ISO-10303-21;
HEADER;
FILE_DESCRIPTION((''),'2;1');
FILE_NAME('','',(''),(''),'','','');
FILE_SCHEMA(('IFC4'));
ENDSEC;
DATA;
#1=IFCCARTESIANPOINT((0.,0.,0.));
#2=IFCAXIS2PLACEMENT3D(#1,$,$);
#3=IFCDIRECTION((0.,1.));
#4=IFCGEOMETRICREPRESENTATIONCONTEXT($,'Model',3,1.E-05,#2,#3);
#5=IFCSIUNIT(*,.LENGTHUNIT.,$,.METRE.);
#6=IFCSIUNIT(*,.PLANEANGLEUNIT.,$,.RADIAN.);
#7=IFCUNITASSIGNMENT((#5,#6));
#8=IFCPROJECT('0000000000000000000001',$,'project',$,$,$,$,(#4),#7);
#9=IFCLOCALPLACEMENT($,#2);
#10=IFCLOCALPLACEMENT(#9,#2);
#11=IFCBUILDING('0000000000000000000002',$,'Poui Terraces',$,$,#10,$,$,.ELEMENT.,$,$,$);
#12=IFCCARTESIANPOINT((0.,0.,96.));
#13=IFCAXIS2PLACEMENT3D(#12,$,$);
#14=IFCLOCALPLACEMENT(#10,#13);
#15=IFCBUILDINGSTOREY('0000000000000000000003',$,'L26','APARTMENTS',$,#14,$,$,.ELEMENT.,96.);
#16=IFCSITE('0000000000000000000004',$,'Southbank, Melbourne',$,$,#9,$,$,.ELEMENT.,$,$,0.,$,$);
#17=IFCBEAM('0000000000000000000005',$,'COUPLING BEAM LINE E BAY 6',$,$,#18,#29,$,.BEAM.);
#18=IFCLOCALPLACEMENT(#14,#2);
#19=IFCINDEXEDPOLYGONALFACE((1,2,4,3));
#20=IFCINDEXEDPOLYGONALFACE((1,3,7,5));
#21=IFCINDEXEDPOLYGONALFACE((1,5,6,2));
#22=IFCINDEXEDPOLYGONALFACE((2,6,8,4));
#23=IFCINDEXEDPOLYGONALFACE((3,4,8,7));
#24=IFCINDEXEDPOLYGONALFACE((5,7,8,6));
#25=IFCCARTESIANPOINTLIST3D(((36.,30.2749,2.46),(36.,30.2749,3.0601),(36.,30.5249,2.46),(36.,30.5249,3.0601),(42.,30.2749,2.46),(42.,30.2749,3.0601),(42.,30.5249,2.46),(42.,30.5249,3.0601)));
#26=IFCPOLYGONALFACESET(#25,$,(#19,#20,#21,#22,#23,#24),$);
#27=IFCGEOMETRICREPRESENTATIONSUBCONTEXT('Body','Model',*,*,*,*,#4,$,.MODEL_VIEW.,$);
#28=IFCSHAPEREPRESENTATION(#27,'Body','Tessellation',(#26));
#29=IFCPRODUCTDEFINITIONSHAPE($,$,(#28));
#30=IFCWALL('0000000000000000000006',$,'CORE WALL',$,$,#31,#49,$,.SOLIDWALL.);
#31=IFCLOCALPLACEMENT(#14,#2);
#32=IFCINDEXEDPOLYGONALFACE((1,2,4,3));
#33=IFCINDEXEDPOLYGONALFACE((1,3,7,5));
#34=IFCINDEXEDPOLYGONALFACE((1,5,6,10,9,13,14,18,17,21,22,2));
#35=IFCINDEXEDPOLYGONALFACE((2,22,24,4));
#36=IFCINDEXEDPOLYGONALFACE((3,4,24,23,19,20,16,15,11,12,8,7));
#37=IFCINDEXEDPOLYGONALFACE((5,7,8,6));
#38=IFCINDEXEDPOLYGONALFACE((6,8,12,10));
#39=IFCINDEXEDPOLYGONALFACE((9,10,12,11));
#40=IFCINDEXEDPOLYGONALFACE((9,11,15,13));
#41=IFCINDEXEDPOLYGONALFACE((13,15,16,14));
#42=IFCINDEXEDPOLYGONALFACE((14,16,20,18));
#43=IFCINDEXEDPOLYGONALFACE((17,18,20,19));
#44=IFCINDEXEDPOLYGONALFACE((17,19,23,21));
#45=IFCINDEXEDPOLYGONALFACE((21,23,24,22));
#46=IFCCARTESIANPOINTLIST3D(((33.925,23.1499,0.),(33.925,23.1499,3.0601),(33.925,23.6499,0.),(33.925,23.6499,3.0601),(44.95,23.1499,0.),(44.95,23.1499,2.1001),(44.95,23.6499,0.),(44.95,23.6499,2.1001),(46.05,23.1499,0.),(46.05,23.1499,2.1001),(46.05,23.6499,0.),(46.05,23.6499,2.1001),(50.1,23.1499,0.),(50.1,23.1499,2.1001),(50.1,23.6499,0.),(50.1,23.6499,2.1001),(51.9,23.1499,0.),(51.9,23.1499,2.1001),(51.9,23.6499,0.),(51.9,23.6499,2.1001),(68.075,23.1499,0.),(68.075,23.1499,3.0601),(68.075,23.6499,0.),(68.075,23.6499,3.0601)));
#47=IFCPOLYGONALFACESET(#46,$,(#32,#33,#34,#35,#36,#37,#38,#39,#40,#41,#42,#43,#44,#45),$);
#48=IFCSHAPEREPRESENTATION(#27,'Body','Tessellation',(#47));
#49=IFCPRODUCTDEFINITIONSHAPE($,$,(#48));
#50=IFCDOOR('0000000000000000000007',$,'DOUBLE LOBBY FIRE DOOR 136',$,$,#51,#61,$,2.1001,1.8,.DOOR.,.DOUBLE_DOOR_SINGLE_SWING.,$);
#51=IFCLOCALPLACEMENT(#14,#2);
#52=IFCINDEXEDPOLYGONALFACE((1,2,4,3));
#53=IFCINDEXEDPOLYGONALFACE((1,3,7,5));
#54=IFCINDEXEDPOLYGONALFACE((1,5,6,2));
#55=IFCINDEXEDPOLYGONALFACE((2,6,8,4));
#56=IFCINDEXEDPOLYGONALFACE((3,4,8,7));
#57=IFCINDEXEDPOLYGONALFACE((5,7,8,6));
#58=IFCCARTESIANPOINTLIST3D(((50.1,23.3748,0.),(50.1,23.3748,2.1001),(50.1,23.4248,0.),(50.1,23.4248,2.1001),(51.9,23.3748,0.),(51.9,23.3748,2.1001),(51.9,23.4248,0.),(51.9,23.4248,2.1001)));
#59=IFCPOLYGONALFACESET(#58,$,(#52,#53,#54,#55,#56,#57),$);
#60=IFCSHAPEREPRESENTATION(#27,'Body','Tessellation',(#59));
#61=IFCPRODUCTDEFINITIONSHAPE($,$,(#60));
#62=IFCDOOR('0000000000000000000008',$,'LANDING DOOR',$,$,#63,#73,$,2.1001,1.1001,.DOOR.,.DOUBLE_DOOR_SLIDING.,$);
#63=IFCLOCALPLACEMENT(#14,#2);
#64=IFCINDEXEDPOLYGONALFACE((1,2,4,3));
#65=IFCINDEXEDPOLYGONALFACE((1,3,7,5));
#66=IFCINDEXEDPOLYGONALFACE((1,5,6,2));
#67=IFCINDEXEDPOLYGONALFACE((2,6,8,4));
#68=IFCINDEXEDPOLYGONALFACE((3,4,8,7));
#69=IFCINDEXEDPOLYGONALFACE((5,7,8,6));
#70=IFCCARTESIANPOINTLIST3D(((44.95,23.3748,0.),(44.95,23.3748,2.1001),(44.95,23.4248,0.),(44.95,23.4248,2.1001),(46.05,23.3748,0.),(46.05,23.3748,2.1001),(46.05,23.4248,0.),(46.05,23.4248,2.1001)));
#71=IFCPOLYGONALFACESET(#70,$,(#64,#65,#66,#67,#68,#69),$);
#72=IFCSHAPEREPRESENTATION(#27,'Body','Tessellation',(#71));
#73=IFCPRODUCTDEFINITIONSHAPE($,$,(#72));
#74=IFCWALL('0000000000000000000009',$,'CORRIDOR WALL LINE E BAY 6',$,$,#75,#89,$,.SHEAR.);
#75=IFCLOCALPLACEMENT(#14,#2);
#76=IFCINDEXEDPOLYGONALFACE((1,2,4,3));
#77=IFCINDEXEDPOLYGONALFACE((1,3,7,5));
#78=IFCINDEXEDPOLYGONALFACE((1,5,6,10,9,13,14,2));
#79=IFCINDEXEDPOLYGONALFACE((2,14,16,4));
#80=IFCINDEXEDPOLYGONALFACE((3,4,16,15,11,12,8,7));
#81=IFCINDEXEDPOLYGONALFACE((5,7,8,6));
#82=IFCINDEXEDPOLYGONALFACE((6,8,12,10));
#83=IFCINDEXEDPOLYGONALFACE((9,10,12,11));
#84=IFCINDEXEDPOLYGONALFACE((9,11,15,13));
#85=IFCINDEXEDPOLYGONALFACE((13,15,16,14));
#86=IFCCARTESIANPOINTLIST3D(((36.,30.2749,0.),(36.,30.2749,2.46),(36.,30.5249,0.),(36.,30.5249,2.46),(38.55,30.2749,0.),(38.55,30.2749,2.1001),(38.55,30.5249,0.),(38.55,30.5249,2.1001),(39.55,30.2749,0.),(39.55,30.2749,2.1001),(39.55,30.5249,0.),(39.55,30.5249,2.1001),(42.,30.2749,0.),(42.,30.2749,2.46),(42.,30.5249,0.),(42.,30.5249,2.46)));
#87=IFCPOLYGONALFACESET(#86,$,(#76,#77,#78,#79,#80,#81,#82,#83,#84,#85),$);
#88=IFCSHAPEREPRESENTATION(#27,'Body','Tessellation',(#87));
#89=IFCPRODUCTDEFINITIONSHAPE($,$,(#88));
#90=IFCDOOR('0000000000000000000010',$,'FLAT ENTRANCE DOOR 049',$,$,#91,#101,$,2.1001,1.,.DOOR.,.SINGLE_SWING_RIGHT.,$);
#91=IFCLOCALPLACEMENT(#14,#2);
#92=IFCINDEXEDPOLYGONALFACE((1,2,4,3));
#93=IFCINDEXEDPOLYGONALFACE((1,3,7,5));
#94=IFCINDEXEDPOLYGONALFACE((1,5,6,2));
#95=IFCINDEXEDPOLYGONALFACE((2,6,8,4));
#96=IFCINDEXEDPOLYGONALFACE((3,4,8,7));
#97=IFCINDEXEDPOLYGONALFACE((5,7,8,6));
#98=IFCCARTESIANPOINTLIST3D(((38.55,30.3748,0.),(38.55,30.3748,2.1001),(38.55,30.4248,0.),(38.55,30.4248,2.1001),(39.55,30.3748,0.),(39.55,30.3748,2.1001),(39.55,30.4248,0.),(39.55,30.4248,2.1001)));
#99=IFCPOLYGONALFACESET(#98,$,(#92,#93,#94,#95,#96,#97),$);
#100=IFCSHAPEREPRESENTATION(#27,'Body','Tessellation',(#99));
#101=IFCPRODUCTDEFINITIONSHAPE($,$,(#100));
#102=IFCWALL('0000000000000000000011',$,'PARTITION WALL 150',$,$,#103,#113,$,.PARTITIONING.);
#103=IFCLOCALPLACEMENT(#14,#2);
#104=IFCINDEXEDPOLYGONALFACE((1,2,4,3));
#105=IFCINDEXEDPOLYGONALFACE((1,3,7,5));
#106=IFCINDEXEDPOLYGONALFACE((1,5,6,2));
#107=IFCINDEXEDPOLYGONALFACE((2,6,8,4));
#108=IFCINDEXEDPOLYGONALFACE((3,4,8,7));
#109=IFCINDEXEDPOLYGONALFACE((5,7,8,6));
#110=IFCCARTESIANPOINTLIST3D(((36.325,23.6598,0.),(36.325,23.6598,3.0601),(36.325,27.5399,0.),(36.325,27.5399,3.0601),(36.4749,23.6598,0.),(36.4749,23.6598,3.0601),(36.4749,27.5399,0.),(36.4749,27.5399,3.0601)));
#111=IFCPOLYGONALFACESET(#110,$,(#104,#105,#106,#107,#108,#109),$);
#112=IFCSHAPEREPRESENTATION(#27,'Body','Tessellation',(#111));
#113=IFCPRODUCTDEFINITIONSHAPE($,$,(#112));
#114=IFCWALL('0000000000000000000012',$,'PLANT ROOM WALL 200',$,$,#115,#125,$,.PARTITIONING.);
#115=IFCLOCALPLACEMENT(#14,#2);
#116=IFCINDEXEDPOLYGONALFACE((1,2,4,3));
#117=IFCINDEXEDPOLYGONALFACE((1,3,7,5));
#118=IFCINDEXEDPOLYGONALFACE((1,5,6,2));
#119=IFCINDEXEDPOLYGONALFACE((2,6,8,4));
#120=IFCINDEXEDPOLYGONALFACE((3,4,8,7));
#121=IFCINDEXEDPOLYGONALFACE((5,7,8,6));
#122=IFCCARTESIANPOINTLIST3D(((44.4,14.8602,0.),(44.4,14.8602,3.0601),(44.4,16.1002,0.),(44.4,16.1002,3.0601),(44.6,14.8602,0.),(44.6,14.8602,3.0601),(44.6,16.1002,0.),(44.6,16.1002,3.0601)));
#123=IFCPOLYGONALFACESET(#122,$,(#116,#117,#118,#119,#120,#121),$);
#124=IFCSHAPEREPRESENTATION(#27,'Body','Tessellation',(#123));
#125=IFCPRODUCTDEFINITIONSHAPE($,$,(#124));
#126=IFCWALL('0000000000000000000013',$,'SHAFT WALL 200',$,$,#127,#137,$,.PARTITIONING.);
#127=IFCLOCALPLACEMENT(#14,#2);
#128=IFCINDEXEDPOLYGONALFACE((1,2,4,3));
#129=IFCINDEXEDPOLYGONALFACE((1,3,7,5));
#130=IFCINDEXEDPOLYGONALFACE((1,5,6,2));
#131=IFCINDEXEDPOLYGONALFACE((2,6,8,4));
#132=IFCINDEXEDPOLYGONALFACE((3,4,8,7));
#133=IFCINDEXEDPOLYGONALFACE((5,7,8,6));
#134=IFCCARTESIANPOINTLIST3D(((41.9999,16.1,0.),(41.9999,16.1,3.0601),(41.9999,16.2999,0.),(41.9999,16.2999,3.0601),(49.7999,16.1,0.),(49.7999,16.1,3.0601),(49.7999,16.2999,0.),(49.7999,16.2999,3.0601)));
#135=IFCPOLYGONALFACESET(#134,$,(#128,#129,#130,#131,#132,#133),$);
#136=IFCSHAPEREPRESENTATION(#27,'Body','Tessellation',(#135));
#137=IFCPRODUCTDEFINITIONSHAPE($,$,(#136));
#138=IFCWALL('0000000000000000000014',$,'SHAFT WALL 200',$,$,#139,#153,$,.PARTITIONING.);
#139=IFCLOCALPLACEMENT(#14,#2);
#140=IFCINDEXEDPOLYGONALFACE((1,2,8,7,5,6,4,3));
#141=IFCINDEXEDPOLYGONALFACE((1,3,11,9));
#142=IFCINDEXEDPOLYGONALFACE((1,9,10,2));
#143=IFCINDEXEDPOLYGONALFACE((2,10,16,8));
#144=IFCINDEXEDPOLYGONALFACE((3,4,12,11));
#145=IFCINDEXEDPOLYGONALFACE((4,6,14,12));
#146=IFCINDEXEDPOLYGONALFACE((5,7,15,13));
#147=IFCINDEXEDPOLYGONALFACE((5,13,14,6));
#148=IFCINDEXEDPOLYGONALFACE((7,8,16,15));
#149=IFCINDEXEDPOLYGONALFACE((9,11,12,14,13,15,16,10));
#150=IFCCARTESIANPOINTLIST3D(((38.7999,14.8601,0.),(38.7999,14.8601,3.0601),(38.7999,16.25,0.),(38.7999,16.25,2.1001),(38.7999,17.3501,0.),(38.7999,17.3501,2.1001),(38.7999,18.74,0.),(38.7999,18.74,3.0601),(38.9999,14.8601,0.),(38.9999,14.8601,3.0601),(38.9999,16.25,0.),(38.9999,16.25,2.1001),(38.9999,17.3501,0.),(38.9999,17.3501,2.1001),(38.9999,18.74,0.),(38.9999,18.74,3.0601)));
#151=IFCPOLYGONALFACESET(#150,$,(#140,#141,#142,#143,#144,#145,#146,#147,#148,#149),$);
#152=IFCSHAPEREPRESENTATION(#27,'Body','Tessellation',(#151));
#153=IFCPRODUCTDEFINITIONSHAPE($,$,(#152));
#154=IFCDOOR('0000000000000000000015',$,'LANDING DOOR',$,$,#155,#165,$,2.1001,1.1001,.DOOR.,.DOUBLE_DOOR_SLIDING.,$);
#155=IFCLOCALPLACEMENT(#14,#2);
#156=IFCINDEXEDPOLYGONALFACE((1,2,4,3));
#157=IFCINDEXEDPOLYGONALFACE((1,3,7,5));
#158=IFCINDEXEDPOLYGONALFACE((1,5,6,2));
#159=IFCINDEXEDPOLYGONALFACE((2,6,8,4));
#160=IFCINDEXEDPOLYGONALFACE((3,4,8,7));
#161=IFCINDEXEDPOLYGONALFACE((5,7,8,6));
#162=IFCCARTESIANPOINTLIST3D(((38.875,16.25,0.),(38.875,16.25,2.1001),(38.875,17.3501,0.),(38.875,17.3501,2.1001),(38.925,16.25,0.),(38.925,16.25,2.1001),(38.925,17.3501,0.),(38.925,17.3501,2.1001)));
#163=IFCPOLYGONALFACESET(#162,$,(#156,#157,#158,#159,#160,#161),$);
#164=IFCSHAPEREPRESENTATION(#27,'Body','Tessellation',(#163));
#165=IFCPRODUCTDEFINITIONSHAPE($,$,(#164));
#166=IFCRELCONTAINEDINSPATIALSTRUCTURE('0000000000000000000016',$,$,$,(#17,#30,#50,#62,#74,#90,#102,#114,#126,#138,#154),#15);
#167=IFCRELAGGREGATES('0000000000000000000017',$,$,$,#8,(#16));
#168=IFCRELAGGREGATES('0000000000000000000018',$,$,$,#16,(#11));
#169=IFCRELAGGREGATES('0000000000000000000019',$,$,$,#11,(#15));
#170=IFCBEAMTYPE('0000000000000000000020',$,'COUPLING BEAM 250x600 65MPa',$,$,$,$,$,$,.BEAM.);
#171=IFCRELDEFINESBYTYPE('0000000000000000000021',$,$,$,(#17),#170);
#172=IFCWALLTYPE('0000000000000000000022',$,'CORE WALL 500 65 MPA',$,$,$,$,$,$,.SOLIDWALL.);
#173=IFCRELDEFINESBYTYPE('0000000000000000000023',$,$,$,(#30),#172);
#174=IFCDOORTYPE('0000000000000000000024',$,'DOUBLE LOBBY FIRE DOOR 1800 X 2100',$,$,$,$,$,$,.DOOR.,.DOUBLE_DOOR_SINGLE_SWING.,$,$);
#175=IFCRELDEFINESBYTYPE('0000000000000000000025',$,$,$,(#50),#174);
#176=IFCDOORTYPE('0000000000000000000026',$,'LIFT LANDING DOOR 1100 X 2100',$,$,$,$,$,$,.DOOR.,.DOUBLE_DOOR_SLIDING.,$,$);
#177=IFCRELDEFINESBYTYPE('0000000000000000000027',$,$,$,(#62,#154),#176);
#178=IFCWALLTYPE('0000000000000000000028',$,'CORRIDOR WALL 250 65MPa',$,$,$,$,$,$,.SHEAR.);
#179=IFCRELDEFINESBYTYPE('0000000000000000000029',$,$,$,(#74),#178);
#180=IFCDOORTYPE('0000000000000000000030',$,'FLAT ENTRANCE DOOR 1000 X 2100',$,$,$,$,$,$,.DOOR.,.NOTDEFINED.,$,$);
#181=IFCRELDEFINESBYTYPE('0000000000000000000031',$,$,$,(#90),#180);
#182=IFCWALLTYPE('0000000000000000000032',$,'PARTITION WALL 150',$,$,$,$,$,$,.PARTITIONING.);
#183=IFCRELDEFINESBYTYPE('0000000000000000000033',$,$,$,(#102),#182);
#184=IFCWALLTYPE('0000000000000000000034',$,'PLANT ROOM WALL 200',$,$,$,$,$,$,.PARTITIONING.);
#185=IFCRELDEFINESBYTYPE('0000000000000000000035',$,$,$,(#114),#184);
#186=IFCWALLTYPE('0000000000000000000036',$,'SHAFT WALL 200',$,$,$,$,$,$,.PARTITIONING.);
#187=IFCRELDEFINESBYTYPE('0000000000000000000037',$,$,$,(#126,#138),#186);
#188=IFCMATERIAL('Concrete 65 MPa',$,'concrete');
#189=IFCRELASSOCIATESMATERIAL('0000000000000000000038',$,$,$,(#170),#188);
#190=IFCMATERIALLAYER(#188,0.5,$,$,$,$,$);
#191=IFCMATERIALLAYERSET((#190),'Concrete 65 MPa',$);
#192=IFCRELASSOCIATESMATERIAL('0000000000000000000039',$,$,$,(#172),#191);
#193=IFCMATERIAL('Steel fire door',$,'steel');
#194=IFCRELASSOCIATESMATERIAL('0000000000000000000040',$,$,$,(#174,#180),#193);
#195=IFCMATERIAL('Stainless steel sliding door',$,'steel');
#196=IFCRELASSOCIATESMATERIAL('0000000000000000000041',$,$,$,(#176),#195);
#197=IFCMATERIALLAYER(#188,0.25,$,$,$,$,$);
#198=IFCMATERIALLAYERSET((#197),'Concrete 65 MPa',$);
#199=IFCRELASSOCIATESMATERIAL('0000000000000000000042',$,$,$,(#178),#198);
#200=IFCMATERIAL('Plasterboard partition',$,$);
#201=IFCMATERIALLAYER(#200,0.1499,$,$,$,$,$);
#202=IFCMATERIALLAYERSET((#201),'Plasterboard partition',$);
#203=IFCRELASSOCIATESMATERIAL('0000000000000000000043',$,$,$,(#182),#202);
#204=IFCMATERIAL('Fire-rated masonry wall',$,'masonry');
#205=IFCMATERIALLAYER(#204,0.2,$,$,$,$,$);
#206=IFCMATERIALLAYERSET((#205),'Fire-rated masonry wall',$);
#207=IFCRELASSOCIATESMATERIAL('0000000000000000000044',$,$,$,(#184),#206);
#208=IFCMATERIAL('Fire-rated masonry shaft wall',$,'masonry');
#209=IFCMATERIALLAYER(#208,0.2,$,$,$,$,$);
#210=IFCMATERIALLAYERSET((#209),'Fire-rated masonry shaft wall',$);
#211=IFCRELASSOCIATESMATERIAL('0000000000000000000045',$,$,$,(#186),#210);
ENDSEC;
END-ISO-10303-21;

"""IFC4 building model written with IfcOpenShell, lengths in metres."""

from ifc_helpers import new_model, si_unit, direction, frame, frame_2d, origin, origin_2d, place, context, subcontext, project, spatial, rectangle, extrude, source, transform, mapped, material, layer, layer_set, material_profile, profile_set, type_object, element, fill, save


model = new_model("IFC4")

# Units and contexts
model_context = context("Model", 3, precision=1e-05, world=origin(), true_north=direction((0.0, 1.0)))
body_context = subcontext(model_context, "Body", "Model", "MODEL_VIEW")
ifc_project = project(units=[si_unit("LENGTHUNIT", "METRE"), si_unit("PLANEANGLEUNIT", "RADIAN")], contexts=[model_context])

# Site, building, storey
site_placement = place(None, origin())
site = spatial("IfcSite", under=ifc_project, at=site_placement, Name="Southbank, Melbourne", CompositionType="ELEMENT", RefElevation=0.0)
building_placement = place(site_placement, origin())
building = spatial("IfcBuilding", under=site, at=building_placement, Name="Poui Terraces", CompositionType="ELEMENT")
storey_placement = place(building_placement, frame((0.0, 0.0, 96.0)))
storey = spatial("IfcBuildingStorey", under=building, at=storey_placement, Name="L26", Description="APARTMENTS", CompositionType="ELEMENT", Elevation=96.0)

# Beam
ifc_material_1 = material(Name="Concrete 65 MPa", Category="concrete")
ifc_material_profile = material_profile(ifc_material_1, rectangle(XDim=0.25, YDim=0.6001, at=origin_2d()), Name="RC 250x600")
ifc_profile_set = profile_set([ifc_material_profile], Name="Concrete 65 MPa")
beam_type = type_object("IfcBeamType", Name="COUPLING BEAM 250x600 65MPa", PredefinedType="BEAM", material=ifc_profile_set)
shared_shape = source(origin(), body_context, "Body", "SweptSolid", [
    extrude(rectangle(XDim=0.25, YDim=0.6001, at=origin_2d()), origin(), (0.0, 0.0, 1.0), 6.0),
])
beam_placement = place(storey_placement, frame((36.0, 30.3999, 2.76), z_axis=(1.0, 0.0, 0.0), x_axis=(0.0, 1.0, 0.0)))
element("IfcBeam", 1, at=beam_placement, inside=storey, type_object=beam_type, Name="COUPLING BEAM LINE E BAY 6", PredefinedType="BEAM", context=body_context, shape_type="MappedRepresentation", body=[
    mapped(shared_shape, transform((0.0, 0.0, 0.0))),
])

# Wall, openings, doors
ifc_layer_1 = layer(ifc_material_1, 0.5)
ifc_layer_set_1 = layer_set([ifc_layer_1], Name="Concrete 65 MPa")
wall_type_1 = type_object("IfcWallType", Name="CORE WALL 500 65 MPA", PredefinedType="SOLIDWALL", material=ifc_layer_set_1)
ifc_material_2 = material(Name="Steel fire door", Category="steel")
door_type_1 = type_object("IfcDoorType", Name="DOUBLE LOBBY FIRE DOOR 1800 X 2100", OperationType="DOUBLE_DOOR_SINGLE_SWING", PredefinedType="DOOR", material=ifc_material_2)
ifc_material_3 = material(Name="Stainless steel sliding door", Category="steel")
door_type_2 = type_object("IfcDoorType", Name="LIFT LANDING DOOR 1100 X 2100", OperationType="DOUBLE_DOOR_SLIDING", PredefinedType="DOOR", material=ifc_material_3)
wall_1_placement = place(storey_placement, frame((33.925, 23.3999, 0.0), z_axis=(0.0, 0.0, 1.0), x_axis=(1.0, 0.0, 0.0)))
wall_1 = element("IfcWall", 2, at=wall_1_placement, inside=storey, type_object=wall_type_1, Name="CORE WALL", PredefinedType="SOLIDWALL", context=body_context, shape_type="SweptSolid", body=[
    extrude(rectangle(XDim=34.1499, YDim=0.5, at=frame_2d((17.075, 0.0))), origin(), (0.0, 0.0, 1.0), 3.0601),
])
opening_1_placement = place(wall_1_placement, frame((16.175, 0.0, 0.0)))
opening_1 = element("IfcOpeningElement", 3, at=opening_1_placement, cuts=wall_1, PredefinedType="OPENING", context=body_context, shape_type="SweptSolid", body=[
    extrude(rectangle(XDim=1.8, YDim=2.1001, at=frame_2d((0.8999, 1.05))), frame((0.0, 0.26, 0.0), z_axis=(0.0, -1.0, 0.0), x_axis=(1.0, 0.0, 0.0)), (0.0, 0.0, 1.0), 0.52),
])
opening_2_placement = place(wall_1_placement, frame((11.0249, 0.0, 0.0)))
opening_2 = element("IfcOpeningElement", 4, at=opening_2_placement, cuts=wall_1, PredefinedType="OPENING", context=body_context, shape_type="SweptSolid", body=[
    extrude(rectangle(XDim=1.1001, YDim=2.1001, at=frame_2d((0.55, 1.05))), frame((0.0, 0.26, 0.0), z_axis=(0.0, -1.0, 0.0), x_axis=(1.0, 0.0, 0.0)), (0.0, 0.0, 1.0), 0.52),
])
door_1_placement = place(opening_1_placement, origin())
door_1 = element("IfcDoor", 5, at=door_1_placement, inside=storey, type_object=door_type_1, Name="DOUBLE LOBBY FIRE DOOR 136", OperationType="DOUBLE_DOOR_SINGLE_SWING", OverallHeight=2.1001, OverallWidth=1.8, PredefinedType="DOOR", context=body_context, shape_type="SweptSolid", body=[
    extrude(rectangle(XDim=1.8, YDim=2.1001, at=frame_2d((0.8999, 1.05))), frame((0.0, 0.0249, 0.0), z_axis=(0.0, -1.0, 0.0), x_axis=(1.0, 0.0, 0.0)), (0.0, 0.0, 1.0), 0.05),
])
fill(opening_1, door_1)
door_2_placement = place(opening_2_placement, origin())
door_2 = element("IfcDoor", 6, at=door_2_placement, inside=storey, type_object=door_type_2, Name="LANDING DOOR", OperationType="DOUBLE_DOOR_SLIDING", OverallHeight=2.1001, OverallWidth=1.1001, PredefinedType="DOOR", context=body_context, shape_type="SweptSolid", body=[
    extrude(rectangle(XDim=1.1001, YDim=2.1001, at=frame_2d((0.55, 1.05))), frame((0.0, 0.0249, 0.0), z_axis=(0.0, -1.0, 0.0), x_axis=(1.0, 0.0, 0.0)), (0.0, 0.0, 1.0), 0.05),
])
fill(opening_2, door_2)

# Wall, opening, door
ifc_layer_2 = layer(ifc_material_1, 0.25)
ifc_layer_set_2 = layer_set([ifc_layer_2], Name="Concrete 65 MPa")
wall_type_2 = type_object("IfcWallType", Name="CORRIDOR WALL 250 65MPa", PredefinedType="SHEAR", material=ifc_layer_set_2)
wall_2_placement = place(storey_placement, frame((36.0, 30.3999, 0.0), z_axis=(0.0, 0.0, 1.0), x_axis=(1.0, 0.0, 0.0)))
wall_2 = element("IfcWall", 7, at=wall_2_placement, inside=storey, type_object=wall_type_2, Name="CORRIDOR WALL LINE E BAY 6", PredefinedType="SHEAR", context=body_context, shape_type="SweptSolid", body=[
    extrude(rectangle(XDim=6.0, YDim=0.25, at=frame_2d((3.0, 0.0))), origin(), (0.0, 0.0, 1.0), 2.46),
])
opening_3_placement = place(wall_2_placement, frame((2.55, 0.0, 0.0)))
opening_3 = element("IfcOpeningElement", 8, at=opening_3_placement, cuts=wall_2, PredefinedType="OPENING", context=body_context, shape_type="SweptSolid", body=[
    extrude(rectangle(XDim=1.0, YDim=2.1001, at=frame_2d((0.5, 1.05))), frame((0.0, 0.135, 0.0), z_axis=(0.0, -1.0, 0.0), x_axis=(1.0, 0.0, 0.0)), (0.0, 0.0, 1.0), 0.27),
])
door_type_3 = type_object("IfcDoorType", Name="FLAT ENTRANCE DOOR 1000 X 2100", OperationType="NOTDEFINED", PredefinedType="DOOR", material=ifc_material_2)
door_3_placement = place(opening_3_placement, origin())
door_3 = element("IfcDoor", 9, at=door_3_placement, inside=storey, type_object=door_type_3, Name="FLAT ENTRANCE DOOR 049", OperationType="SINGLE_SWING_RIGHT", OverallHeight=2.1001, OverallWidth=1.0, PredefinedType="DOOR", context=body_context, shape_type="SweptSolid", body=[
    extrude(rectangle(XDim=1.0, YDim=2.1001, at=frame_2d((0.5, 1.05))), frame((0.0, 0.0249, 0.0), z_axis=(0.0, -1.0, 0.0), x_axis=(1.0, 0.0, 0.0)), (0.0, 0.0, 1.0), 0.05),
])
fill(opening_3, door_3)

# Walls
ifc_material_4 = material(Name="Plasterboard partition")
ifc_layer_3 = layer(ifc_material_4, 0.1499)
ifc_layer_set_3 = layer_set([ifc_layer_3], Name="Plasterboard partition")
wall_type_3 = type_object("IfcWallType", Name="PARTITION WALL 150", PredefinedType="PARTITIONING", material=ifc_layer_set_3)
wall_3_placement = place(storey_placement, frame((36.3999, 23.6599, 0.0), z_axis=(0.0, 0.0, 1.0), x_axis=(0.0, 1.0, 0.0)))
element("IfcWall", 10, at=wall_3_placement, inside=storey, type_object=wall_type_3, Name="PARTITION WALL 150", PredefinedType="PARTITIONING", context=body_context, shape_type="SweptSolid", body=[
    extrude(rectangle(XDim=3.8801, YDim=0.1499, at=frame_2d((1.9399, 0.0))), origin(), (0.0, 0.0, 1.0), 3.0601),
])
ifc_material_5 = material(Name="Fire-rated masonry wall", Category="masonry")
ifc_layer_4 = layer(ifc_material_5, 0.2)
ifc_layer_set_4 = layer_set([ifc_layer_4], Name="Fire-rated masonry wall")
wall_type_4 = type_object("IfcWallType", Name="PLANT ROOM WALL 200", PredefinedType="PARTITIONING", material=ifc_layer_set_4)
wall_4_placement = place(storey_placement, frame((44.5, 14.8601, 0.0), z_axis=(0.0, 0.0, 1.0), x_axis=(0.0, 1.0, 0.0)))
element("IfcWall", 11, at=wall_4_placement, inside=storey, type_object=wall_type_4, Name="PLANT ROOM WALL 200", PredefinedType="PARTITIONING", context=body_context, shape_type="SweptSolid", body=[
    extrude(rectangle(XDim=1.24, YDim=0.2, at=frame_2d((0.6201, 0.0))), origin(), (0.0, 0.0, 1.0), 3.0601),
])
ifc_material_6 = material(Name="Fire-rated masonry shaft wall", Category="masonry")
ifc_layer_5 = layer(ifc_material_6, 0.2)
ifc_layer_set_5 = layer_set([ifc_layer_5], Name="Fire-rated masonry shaft wall")
wall_type_5 = type_object("IfcWallType", Name="SHAFT WALL 200", PredefinedType="PARTITIONING", material=ifc_layer_set_5)
wall_5_placement = place(storey_placement, frame((42.0, 16.2, 0.0), z_axis=(0.0, 0.0, 1.0), x_axis=(1.0, 0.0, 0.0)))
element("IfcWall", 12, at=wall_5_placement, inside=storey, type_object=wall_type_5, Name="SHAFT WALL 200", PredefinedType="PARTITIONING", context=body_context, shape_type="SweptSolid", body=[
    extrude(rectangle(XDim=7.8, YDim=0.2, at=frame_2d((3.8999, 0.0))), origin(), (0.0, 0.0, 1.0), 3.0601),
])

# Wall, opening, door
wall_6_placement = place(storey_placement, frame((38.8999, 14.8601, 0.0), z_axis=(0.0, 0.0, 1.0), x_axis=(0.0, 1.0, 0.0)))
wall_6 = element("IfcWall", 13, at=wall_6_placement, inside=storey, type_object=wall_type_5, Name="SHAFT WALL 200", PredefinedType="PARTITIONING", context=body_context, shape_type="SweptSolid", body=[
    extrude(rectangle(XDim=3.8799, YDim=0.2, at=frame_2d((1.9399, 0.0))), origin(), (0.0, 0.0, 1.0), 3.0601),
])
opening_4_placement = place(wall_6_placement, frame((1.3899, 0.0, 0.0)))
opening_4 = element("IfcOpeningElement", 14, at=opening_4_placement, cuts=wall_6, PredefinedType="OPENING", context=body_context, shape_type="SweptSolid", body=[
    extrude(rectangle(XDim=1.1001, YDim=2.1001, at=frame_2d((0.55, 1.05))), frame((0.0, 0.1099, 0.0), z_axis=(0.0, -1.0, 0.0), x_axis=(1.0, 0.0, 0.0)), (0.0, 0.0, 1.0), 0.22),
])
door_4_placement = place(opening_4_placement, origin())
door_4 = element("IfcDoor", 15, at=door_4_placement, inside=storey, type_object=door_type_2, Name="LANDING DOOR", OperationType="DOUBLE_DOOR_SLIDING", OverallHeight=2.1001, OverallWidth=1.1001, PredefinedType="DOOR", context=body_context, shape_type="SweptSolid", body=[
    extrude(rectangle(XDim=1.1001, YDim=2.1001, at=frame_2d((0.55, 1.05))), frame((0.0, 0.0249, 0.0), z_axis=(0.0, -1.0, 0.0), x_axis=(1.0, 0.0, 0.0)), (0.0, 0.0, 1.0), 0.05),
])
fill(opening_4, door_4)

save(model, "model.ifc")
